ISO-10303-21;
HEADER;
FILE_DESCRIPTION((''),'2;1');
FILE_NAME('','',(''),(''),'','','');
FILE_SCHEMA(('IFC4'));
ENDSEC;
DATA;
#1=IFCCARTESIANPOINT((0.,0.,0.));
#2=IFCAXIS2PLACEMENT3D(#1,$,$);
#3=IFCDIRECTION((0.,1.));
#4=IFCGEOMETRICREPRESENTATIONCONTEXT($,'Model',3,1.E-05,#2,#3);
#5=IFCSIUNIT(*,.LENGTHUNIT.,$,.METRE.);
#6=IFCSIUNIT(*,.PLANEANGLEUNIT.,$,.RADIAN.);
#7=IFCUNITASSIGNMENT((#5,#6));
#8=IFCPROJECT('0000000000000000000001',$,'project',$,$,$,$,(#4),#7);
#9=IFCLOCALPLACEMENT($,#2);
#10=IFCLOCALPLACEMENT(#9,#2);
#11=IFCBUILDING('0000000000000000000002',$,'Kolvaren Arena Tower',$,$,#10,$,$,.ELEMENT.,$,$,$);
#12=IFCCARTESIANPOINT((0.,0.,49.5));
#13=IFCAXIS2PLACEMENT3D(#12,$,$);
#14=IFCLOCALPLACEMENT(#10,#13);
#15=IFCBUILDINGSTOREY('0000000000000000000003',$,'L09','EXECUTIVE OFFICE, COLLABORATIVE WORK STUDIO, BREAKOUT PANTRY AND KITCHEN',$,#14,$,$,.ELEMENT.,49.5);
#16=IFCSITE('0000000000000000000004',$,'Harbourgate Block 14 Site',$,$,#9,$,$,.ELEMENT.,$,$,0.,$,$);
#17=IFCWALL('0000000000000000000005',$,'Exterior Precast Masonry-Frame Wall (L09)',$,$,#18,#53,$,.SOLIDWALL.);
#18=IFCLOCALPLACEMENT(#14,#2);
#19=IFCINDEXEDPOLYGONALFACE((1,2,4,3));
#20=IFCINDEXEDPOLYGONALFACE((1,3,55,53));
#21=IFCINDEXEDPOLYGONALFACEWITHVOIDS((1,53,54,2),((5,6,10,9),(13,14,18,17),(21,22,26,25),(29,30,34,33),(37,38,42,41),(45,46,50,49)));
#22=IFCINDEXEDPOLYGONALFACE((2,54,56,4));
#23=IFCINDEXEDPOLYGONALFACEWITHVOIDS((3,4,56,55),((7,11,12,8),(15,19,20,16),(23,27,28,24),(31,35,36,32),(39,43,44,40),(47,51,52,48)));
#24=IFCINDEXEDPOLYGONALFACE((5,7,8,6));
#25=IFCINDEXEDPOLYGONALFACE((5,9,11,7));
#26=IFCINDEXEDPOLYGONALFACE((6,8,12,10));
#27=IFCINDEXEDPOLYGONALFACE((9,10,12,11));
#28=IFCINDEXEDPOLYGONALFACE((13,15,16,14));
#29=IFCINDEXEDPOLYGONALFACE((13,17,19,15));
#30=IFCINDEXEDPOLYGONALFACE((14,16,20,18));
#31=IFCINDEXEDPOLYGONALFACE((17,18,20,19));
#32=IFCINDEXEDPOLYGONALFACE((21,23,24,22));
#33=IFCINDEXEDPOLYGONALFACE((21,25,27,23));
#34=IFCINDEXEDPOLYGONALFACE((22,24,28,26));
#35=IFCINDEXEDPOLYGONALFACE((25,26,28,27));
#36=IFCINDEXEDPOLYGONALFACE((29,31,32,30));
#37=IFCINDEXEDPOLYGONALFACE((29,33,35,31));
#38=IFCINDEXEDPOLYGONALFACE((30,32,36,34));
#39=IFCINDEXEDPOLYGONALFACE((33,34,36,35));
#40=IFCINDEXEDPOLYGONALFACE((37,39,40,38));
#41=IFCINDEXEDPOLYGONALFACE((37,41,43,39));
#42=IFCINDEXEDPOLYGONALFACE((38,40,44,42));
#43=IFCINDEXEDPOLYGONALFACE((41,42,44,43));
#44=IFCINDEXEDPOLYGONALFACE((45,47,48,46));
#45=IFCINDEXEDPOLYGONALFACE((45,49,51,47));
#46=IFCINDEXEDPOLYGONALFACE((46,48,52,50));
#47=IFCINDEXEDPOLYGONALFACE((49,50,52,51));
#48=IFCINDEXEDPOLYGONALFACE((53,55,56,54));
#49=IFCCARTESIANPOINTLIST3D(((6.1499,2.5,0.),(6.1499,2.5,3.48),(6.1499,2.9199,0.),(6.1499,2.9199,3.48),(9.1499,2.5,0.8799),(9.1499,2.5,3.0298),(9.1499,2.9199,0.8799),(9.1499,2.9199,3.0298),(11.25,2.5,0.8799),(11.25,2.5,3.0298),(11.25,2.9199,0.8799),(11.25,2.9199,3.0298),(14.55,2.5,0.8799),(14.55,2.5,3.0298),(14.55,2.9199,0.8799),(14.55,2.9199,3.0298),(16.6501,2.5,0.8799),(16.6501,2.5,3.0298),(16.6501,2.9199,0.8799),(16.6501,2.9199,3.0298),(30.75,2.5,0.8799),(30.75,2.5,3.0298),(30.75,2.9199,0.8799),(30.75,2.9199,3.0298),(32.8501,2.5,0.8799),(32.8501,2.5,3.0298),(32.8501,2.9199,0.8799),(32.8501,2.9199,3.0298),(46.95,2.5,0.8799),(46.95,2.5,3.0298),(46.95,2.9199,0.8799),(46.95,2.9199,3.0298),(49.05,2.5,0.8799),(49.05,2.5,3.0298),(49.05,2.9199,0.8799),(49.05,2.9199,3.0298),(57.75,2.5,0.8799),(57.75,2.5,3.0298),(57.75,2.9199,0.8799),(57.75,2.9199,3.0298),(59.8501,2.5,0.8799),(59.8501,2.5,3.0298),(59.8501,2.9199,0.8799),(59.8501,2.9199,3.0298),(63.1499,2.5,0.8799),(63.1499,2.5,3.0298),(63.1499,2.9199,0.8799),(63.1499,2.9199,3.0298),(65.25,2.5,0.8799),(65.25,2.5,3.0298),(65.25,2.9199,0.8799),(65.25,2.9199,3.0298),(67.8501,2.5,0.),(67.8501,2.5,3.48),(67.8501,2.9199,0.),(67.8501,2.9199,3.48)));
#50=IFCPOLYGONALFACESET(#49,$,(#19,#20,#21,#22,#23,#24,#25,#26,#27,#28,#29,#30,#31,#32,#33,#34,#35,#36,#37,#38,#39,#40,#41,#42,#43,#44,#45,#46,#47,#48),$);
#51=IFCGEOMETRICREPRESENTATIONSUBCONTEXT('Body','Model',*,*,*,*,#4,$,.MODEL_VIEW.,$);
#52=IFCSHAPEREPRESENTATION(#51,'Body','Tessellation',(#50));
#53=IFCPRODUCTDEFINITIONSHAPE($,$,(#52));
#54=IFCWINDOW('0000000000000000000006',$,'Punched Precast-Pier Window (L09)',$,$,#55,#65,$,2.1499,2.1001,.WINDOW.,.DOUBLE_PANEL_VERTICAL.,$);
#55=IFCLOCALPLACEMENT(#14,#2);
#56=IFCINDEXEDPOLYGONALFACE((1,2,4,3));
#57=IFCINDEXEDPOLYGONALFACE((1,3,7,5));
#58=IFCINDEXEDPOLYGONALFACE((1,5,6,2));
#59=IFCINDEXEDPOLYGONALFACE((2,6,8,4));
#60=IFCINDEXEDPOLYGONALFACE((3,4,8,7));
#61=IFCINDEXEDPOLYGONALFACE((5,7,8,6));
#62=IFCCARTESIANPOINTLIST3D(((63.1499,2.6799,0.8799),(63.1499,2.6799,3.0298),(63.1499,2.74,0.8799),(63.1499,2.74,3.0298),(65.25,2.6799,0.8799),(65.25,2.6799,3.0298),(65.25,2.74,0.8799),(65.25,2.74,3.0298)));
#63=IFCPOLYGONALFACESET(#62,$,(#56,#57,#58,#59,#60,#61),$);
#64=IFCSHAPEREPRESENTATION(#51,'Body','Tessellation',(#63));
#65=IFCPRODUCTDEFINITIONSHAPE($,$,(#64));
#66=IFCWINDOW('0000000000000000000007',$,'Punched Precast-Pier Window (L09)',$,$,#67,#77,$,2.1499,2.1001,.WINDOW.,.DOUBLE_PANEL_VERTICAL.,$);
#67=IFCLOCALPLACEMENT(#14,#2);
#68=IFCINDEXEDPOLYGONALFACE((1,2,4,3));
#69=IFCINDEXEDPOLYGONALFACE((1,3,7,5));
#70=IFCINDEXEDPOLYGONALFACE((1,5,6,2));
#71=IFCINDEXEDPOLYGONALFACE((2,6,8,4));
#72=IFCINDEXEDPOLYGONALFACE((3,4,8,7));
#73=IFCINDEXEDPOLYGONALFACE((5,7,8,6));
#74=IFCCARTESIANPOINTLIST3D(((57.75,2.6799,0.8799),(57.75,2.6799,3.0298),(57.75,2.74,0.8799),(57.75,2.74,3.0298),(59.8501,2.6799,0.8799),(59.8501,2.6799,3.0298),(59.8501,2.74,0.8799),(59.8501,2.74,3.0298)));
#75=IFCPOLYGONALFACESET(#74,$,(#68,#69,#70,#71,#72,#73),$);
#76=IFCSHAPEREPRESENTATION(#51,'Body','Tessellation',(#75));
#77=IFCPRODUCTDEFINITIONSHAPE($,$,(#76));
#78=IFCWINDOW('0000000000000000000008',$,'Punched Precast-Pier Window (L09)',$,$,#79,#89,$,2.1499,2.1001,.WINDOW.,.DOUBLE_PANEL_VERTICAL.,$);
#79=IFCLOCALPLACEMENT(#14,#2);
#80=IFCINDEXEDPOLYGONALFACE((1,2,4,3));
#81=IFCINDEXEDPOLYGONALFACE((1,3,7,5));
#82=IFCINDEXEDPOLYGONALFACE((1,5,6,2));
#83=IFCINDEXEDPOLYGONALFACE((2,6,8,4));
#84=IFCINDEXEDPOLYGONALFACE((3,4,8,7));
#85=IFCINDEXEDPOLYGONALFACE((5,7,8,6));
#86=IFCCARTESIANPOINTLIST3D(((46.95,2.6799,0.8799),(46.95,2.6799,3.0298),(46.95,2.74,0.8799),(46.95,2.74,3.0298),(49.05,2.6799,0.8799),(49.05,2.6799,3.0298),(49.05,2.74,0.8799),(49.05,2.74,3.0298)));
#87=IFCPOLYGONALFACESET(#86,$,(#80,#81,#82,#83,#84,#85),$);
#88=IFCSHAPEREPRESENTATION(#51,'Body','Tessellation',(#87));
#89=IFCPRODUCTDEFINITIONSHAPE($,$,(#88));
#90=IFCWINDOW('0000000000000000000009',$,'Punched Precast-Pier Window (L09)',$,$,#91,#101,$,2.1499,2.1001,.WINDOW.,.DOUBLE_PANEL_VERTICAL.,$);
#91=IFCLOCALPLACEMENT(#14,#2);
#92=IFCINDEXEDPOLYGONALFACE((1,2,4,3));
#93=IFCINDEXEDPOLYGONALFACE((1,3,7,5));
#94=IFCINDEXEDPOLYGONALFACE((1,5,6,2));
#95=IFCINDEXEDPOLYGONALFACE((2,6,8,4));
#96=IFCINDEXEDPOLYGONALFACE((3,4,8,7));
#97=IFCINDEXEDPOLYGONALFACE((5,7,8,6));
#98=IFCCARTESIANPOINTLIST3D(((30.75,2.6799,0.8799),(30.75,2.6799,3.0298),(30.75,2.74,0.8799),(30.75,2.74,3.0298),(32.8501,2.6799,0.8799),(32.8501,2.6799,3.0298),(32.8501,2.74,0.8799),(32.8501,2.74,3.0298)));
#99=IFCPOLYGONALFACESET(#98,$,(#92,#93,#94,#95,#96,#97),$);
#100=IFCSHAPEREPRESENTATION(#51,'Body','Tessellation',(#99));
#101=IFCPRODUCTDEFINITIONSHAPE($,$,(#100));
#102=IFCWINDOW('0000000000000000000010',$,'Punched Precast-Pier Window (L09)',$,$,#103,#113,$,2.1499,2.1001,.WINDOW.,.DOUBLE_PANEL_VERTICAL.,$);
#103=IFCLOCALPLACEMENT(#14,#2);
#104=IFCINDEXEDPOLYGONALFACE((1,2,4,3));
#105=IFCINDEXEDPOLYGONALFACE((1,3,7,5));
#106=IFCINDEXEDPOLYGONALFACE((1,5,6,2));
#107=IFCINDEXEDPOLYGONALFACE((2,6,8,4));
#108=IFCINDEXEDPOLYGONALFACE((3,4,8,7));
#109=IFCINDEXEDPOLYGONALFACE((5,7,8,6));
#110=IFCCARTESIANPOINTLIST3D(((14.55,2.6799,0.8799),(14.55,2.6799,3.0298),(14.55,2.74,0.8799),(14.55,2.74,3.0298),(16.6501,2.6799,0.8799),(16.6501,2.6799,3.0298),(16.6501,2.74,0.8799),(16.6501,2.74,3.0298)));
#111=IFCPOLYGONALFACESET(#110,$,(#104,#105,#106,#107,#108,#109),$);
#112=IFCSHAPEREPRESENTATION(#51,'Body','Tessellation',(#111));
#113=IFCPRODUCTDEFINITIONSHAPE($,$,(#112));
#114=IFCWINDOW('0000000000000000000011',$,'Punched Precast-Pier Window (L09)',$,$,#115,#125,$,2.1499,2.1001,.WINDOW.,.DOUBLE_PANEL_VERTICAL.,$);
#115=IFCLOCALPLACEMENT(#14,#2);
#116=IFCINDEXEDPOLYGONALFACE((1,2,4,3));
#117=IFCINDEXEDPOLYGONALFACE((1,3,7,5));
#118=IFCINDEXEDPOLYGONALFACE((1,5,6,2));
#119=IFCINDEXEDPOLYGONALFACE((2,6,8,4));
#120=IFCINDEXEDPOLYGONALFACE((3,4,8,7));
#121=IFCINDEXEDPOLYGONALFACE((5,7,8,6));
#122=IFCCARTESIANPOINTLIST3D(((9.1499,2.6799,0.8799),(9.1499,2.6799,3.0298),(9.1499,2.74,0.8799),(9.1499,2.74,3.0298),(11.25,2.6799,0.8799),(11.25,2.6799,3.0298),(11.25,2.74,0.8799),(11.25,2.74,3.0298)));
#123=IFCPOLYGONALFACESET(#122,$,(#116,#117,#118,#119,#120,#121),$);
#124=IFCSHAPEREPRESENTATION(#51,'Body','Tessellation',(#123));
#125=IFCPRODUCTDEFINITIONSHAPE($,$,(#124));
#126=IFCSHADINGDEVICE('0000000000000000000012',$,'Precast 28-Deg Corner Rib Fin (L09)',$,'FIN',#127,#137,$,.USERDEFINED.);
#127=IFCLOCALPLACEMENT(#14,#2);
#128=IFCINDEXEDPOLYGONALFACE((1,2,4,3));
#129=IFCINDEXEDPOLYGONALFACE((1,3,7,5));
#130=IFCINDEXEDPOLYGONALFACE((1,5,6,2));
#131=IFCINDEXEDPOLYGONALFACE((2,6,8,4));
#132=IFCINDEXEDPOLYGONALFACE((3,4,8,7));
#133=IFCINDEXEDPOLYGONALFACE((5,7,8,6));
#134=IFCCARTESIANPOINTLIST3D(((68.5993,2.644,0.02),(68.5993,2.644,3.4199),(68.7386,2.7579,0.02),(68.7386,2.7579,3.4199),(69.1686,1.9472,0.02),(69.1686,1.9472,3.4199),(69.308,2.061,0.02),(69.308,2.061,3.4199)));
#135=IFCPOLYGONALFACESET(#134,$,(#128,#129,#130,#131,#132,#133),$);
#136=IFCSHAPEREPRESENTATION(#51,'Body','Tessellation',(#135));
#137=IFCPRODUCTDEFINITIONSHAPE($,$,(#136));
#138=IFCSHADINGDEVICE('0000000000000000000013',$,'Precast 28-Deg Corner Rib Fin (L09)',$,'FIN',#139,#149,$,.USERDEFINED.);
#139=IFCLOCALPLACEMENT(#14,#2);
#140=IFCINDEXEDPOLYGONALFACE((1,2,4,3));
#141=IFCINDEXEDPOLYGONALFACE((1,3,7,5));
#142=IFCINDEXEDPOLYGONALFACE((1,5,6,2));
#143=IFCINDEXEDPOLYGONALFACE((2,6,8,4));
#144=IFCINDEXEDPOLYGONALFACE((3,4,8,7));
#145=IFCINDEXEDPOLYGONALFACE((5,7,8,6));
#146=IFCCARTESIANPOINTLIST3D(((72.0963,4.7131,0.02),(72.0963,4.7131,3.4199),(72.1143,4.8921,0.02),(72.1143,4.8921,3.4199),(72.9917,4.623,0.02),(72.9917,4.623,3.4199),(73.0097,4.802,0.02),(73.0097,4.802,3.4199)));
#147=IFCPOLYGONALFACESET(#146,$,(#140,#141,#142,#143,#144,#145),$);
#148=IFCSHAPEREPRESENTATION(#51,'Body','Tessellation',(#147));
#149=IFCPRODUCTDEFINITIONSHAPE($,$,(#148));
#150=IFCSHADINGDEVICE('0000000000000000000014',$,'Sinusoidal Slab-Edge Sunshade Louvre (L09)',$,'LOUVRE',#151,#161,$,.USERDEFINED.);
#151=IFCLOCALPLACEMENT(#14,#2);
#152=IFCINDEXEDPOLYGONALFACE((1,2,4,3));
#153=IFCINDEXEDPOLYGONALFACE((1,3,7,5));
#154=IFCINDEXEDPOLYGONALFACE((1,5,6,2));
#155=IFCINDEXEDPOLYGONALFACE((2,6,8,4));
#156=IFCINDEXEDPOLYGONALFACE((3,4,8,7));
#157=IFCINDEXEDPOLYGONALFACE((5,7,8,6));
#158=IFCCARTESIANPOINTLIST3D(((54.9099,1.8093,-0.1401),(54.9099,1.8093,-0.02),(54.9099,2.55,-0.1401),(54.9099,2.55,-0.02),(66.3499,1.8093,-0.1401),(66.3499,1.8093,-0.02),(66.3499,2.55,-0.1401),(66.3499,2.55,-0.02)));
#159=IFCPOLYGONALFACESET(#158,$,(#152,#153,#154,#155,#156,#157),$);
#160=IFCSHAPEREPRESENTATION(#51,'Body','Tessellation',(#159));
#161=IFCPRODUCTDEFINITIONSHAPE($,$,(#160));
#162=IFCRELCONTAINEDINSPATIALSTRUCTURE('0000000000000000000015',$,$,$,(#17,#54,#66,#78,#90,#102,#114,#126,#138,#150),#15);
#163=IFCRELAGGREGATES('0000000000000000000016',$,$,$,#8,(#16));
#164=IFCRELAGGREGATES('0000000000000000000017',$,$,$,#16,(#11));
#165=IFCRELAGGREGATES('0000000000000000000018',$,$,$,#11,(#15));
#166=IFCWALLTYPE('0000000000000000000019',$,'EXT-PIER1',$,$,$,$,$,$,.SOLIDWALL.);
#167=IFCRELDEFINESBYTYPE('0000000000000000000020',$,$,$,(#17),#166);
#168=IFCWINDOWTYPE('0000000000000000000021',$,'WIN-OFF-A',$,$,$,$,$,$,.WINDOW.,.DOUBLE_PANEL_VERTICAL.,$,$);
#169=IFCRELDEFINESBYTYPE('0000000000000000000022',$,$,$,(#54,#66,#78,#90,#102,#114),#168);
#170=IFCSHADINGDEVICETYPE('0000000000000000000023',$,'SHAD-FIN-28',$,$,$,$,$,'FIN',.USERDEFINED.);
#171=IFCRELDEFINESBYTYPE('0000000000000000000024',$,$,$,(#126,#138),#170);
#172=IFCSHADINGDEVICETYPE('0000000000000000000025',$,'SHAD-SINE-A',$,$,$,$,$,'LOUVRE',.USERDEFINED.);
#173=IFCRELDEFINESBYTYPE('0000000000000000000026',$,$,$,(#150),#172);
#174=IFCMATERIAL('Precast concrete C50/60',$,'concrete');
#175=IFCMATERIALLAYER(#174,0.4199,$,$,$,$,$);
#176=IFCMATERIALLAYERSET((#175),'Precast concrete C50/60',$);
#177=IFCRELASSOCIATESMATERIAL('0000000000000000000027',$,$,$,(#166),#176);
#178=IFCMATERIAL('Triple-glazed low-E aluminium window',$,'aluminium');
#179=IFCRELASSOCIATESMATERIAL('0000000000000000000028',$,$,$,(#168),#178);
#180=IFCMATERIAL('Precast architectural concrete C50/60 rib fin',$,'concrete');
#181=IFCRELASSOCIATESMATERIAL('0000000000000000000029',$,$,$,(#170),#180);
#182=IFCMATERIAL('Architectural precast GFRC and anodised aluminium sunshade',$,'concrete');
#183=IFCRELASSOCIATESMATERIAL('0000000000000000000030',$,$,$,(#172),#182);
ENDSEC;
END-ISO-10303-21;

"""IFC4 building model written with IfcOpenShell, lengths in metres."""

from ifc_helpers import new_model, si_unit, direction, frame, frame_2d, origin, origin_2d, place, context, subcontext, project, spatial, rectangle, extrude, material, layer, layer_set, type_object, element, fill, save


model = new_model("IFC4")

# Units and contexts
model_context = context("Model", 3, precision=1e-05, world=origin(), true_north=direction((0.0, 1.0)))
body_context = subcontext(model_context, "Body", "Model", "MODEL_VIEW")
ifc_project = project(units=[si_unit("LENGTHUNIT", "METRE"), si_unit("PLANEANGLEUNIT", "RADIAN")], contexts=[model_context])

# Site, building, storey
site_placement = place(None, origin())
site = spatial("IfcSite", under=ifc_project, at=site_placement, Name="Harbourgate Block 14 Site", CompositionType="ELEMENT", RefElevation=0.0)
building_placement = place(site_placement, origin())
building = spatial("IfcBuilding", under=site, at=building_placement, Name="Kolvaren Arena Tower", CompositionType="ELEMENT")
storey_placement = place(building_placement, frame((0.0, 0.0, 49.5)))
storey = spatial("IfcBuildingStorey", under=building, at=storey_placement, Name="L09", Description="EXECUTIVE OFFICE, COLLABORATIVE WORK STUDIO, BREAKOUT PANTRY AND KITCHEN", CompositionType="ELEMENT", Elevation=49.5)

# Shared definitions
ifc_material_1 = material(Name="Precast concrete C50/60", Category="concrete")
ifc_layer_1 = layer(ifc_material_1, 0.4199)
ifc_layer_set_1 = layer_set([ifc_layer_1], Name="Precast concrete C50/60")
wall_type_1 = type_object("IfcWallType", Name="EXT-PIER1", PredefinedType="SOLIDWALL", material=ifc_layer_set_1)

# Wall, openings, windows
wall_1_placement = place(storey_placement, frame((67.8501, 2.71, 0.0), z_axis=(0.0, 0.0, 1.0), x_axis=(-1.0, 0.0, 0.0)))
wall_1 = element("IfcWall", 1, at=wall_1_placement, inside=storey, type_object=wall_type_1, Name="Exterior Precast Masonry-Frame Wall (L09)", PredefinedType="SOLIDWALL", context=body_context, shape_type="SweptSolid", body=[
    extrude(rectangle(XDim=61.7002, YDim=0.4199, at=frame_2d((30.8501, 0.0))), origin(), (0.0, 0.0, 1.0), 3.48),
])
opening_1_placement = place(wall_1_placement, frame((2.6001, 0.0, 0.8799)))
opening_1 = element("IfcOpeningElement", 2, at=opening_1_placement, cuts=wall_1, PredefinedType="OPENING", context=body_context, shape_type="SweptSolid", body=[
    extrude(rectangle(XDim=2.1001, YDim=2.1499, at=frame_2d((1.05, 1.075))), frame((0.0, 0.22, 0.0), z_axis=(0.0, -1.0, 0.0), x_axis=(1.0, 0.0, 0.0)), (0.0, 0.0, 1.0), 0.4399),
])
opening_2_placement = place(wall_1_placement, frame((8.0, 0.0, 0.8799)))
opening_2 = element("IfcOpeningElement", 3, at=opening_2_placement, cuts=wall_1, PredefinedType="OPENING", context=body_context, shape_type="SweptSolid", body=[
    extrude(rectangle(XDim=2.1001, YDim=2.1499, at=frame_2d((1.05, 1.075))), frame((0.0, 0.22, 0.0), z_axis=(0.0, -1.0, 0.0), x_axis=(1.0, 0.0, 0.0)), (0.0, 0.0, 1.0), 0.4399),
])
opening_3_placement = place(wall_1_placement, frame((18.8, 0.0, 0.8799)))
opening_3 = element("IfcOpeningElement", 4, at=opening_3_placement, cuts=wall_1, PredefinedType="OPENING", context=body_context, shape_type="SweptSolid", body=[
    extrude(rectangle(XDim=2.1001, YDim=2.1499, at=frame_2d((1.05, 1.075))), frame((0.0, 0.22, 0.0), z_axis=(0.0, -1.0, 0.0), x_axis=(1.0, 0.0, 0.0)), (0.0, 0.0, 1.0), 0.4399),
])
opening_4_placement = place(wall_1_placement, frame((35.0, 0.0, 0.8799)))
opening_4 = element("IfcOpeningElement", 5, at=opening_4_placement, cuts=wall_1, PredefinedType="OPENING", context=body_context, shape_type="SweptSolid", body=[
    extrude(rectangle(XDim=2.1001, YDim=2.1499, at=frame_2d((1.05, 1.075))), frame((0.0, 0.22, 0.0), z_axis=(0.0, -1.0, 0.0), x_axis=(1.0, 0.0, 0.0)), (0.0, 0.0, 1.0), 0.4399),
])
opening_5_placement = place(wall_1_placement, frame((51.2, 0.0, 0.8799)))
opening_5 = element("IfcOpeningElement", 6, at=opening_5_placement, cuts=wall_1, PredefinedType="OPENING", context=body_context, shape_type="SweptSolid", body=[
    extrude(rectangle(XDim=2.1001, YDim=2.1499, at=frame_2d((1.05, 1.075))), frame((0.0, 0.22, 0.0), z_axis=(0.0, -1.0, 0.0), x_axis=(1.0, 0.0, 0.0)), (0.0, 0.0, 1.0), 0.4399),
])
opening_6_placement = place(wall_1_placement, frame((56.6001, 0.0, 0.8799)))
opening_6 = element("IfcOpeningElement", 7, at=opening_6_placement, cuts=wall_1, PredefinedType="OPENING", context=body_context, shape_type="SweptSolid", body=[
    extrude(rectangle(XDim=2.1001, YDim=2.1499, at=frame_2d((1.05, 1.075))), frame((0.0, 0.22, 0.0), z_axis=(0.0, -1.0, 0.0), x_axis=(1.0, 0.0, 0.0)), (0.0, 0.0, 1.0), 0.4399),
])
ifc_material_2 = material(Name="Triple-glazed low-E aluminium window", Category="aluminium")
window_type = type_object("IfcWindowType", Name="WIN-OFF-A", PartitioningType="DOUBLE_PANEL_VERTICAL", PredefinedType="WINDOW", material=ifc_material_2)
window_1_placement = place(opening_1_placement, origin())
window_1 = element("IfcWindow", 8, at=window_1_placement, inside=storey, type_object=window_type, Name="Punched Precast-Pier Window (L09)", OverallHeight=2.1499, OverallWidth=2.1001, PartitioningType="DOUBLE_PANEL_VERTICAL", PredefinedType="WINDOW", context=body_context, shape_type="SweptSolid", body=[
    extrude(rectangle(XDim=2.1001, YDim=2.1499, at=frame_2d((1.05, 1.075))), frame((0.0, 0.03, 0.0), z_axis=(0.0, -1.0, 0.0), x_axis=(1.0, 0.0, 0.0)), (0.0, 0.0, 1.0), 0.0601),
])
fill(opening_1, window_1)
window_2_placement = place(opening_2_placement, origin())
window_2 = element("IfcWindow", 9, at=window_2_placement, inside=storey, type_object=window_type, Name="Punched Precast-Pier Window (L09)", OverallHeight=2.1499, OverallWidth=2.1001, PartitioningType="DOUBLE_PANEL_VERTICAL", PredefinedType="WINDOW", context=body_context, shape_type="SweptSolid", body=[
    extrude(rectangle(XDim=2.1001, YDim=2.1499, at=frame_2d((1.05, 1.075))), frame((0.0, 0.03, 0.0), z_axis=(0.0, -1.0, 0.0), x_axis=(1.0, 0.0, 0.0)), (0.0, 0.0, 1.0), 0.0601),
])
fill(opening_2, window_2)
window_3_placement = place(opening_3_placement, origin())
window_3 = element("IfcWindow", 10, at=window_3_placement, inside=storey, type_object=window_type, Name="Punched Precast-Pier Window (L09)", OverallHeight=2.1499, OverallWidth=2.1001, PartitioningType="DOUBLE_PANEL_VERTICAL", PredefinedType="WINDOW", context=body_context, shape_type="SweptSolid", body=[
    extrude(rectangle(XDim=2.1001, YDim=2.1499, at=frame_2d((1.05, 1.075))), frame((0.0, 0.03, 0.0), z_axis=(0.0, -1.0, 0.0), x_axis=(1.0, 0.0, 0.0)), (0.0, 0.0, 1.0), 0.0601),
])
fill(opening_3, window_3)
window_4_placement = place(opening_4_placement, origin())
window_4 = element("IfcWindow", 11, at=window_4_placement, inside=storey, type_object=window_type, Name="Punched Precast-Pier Window (L09)", OverallHeight=2.1499, OverallWidth=2.1001, PartitioningType="DOUBLE_PANEL_VERTICAL", PredefinedType="WINDOW", context=body_context, shape_type="SweptSolid", body=[
    extrude(rectangle(XDim=2.1001, YDim=2.1499, at=frame_2d((1.05, 1.075))), frame((0.0, 0.03, 0.0), z_axis=(0.0, -1.0, 0.0), x_axis=(1.0, 0.0, 0.0)), (0.0, 0.0, 1.0), 0.0601),
])
fill(opening_4, window_4)
window_5_placement = place(opening_5_placement, origin())
window_5 = element("IfcWindow", 12, at=window_5_placement, inside=storey, type_object=window_type, Name="Punched Precast-Pier Window (L09)", OverallHeight=2.1499, OverallWidth=2.1001, PartitioningType="DOUBLE_PANEL_VERTICAL", PredefinedType="WINDOW", context=body_context, shape_type="SweptSolid", body=[
    extrude(rectangle(XDim=2.1001, YDim=2.1499, at=frame_2d((1.05, 1.075))), frame((0.0, 0.03, 0.0), z_axis=(0.0, -1.0, 0.0), x_axis=(1.0, 0.0, 0.0)), (0.0, 0.0, 1.0), 0.0601),
])
fill(opening_5, window_5)
window_6_placement = place(opening_6_placement, origin())
window_6 = element("IfcWindow", 13, at=window_6_placement, inside=storey, type_object=window_type, Name="Punched Precast-Pier Window (L09)", OverallHeight=2.1499, OverallWidth=2.1001, PartitioningType="DOUBLE_PANEL_VERTICAL", PredefinedType="WINDOW", context=body_context, shape_type="SweptSolid", body=[
    extrude(rectangle(XDim=2.1001, YDim=2.1499, at=frame_2d((1.05, 1.075))), frame((0.0, 0.03, 0.0), z_axis=(0.0, -1.0, 0.0), x_axis=(1.0, 0.0, 0.0)), (0.0, 0.0, 1.0), 0.0601),
])
fill(opening_6, window_6)

# Shading devices
ifc_material_3 = material(Name="Precast architectural concrete C50/60 rib fin", Category="concrete")
shading_device_type_1 = type_object("IfcShadingDeviceType", Name="SHAD-FIN-28", ElementType="FIN", PredefinedType="USERDEFINED", material=ifc_material_3)
for number, where, z_axis, x_axis, name in (
    (14, (68.9536, 2.3525, 0.02), (0.0, 0.0, 1.0), (0.632723, -0.774378, 0.0), "Precast 28-Deg Corner Rib Fin (L09)"),
    (15, (72.553, 4.7576, 0.02), (0.0, 0.0, 1.0), (0.994972, -0.100155, 0.0), "Precast 28-Deg Corner Rib Fin (L09)"),
):
    element("IfcShadingDevice", number, at=place(storey_placement, frame(where, z_axis=z_axis, x_axis=x_axis)), inside=storey, type_object=shading_device_type_1, Name=name, ObjectType="FIN", PredefinedType="USERDEFINED", context=body_context, shape_type="SweptSolid", body=[
        extrude(rectangle(XDim=0.8999, YDim=0.1799, at=origin_2d()), origin(), (0.0, 0.0, 1.0), 3.3999),
    ])
ifc_material_4 = material(Name="Architectural precast GFRC and anodised aluminium sunshade", Category="concrete")
shading_device_type_2 = type_object("IfcShadingDeviceType", Name="SHAD-SINE-A", ElementType="LOUVRE", PredefinedType="USERDEFINED", material=ifc_material_4)
shading_device_placement = place(storey_placement, frame((60.6299, 2.1797, -0.1401), z_axis=(0.0, 0.0, 1.0), x_axis=(-1.0, 0.0, 0.0)))
element("IfcShadingDevice", 16, at=shading_device_placement, inside=storey, type_object=shading_device_type_2, Name="Sinusoidal Slab-Edge Sunshade Louvre (L09)", ObjectType="LOUVRE", PredefinedType="USERDEFINED", context=body_context, shape_type="SweptSolid", body=[
    extrude(rectangle(XDim=11.4399, YDim=0.7407, at=origin_2d()), origin(), (0.0, 0.0, 1.0), 0.1201),
])

save(model, "model.ifc")
